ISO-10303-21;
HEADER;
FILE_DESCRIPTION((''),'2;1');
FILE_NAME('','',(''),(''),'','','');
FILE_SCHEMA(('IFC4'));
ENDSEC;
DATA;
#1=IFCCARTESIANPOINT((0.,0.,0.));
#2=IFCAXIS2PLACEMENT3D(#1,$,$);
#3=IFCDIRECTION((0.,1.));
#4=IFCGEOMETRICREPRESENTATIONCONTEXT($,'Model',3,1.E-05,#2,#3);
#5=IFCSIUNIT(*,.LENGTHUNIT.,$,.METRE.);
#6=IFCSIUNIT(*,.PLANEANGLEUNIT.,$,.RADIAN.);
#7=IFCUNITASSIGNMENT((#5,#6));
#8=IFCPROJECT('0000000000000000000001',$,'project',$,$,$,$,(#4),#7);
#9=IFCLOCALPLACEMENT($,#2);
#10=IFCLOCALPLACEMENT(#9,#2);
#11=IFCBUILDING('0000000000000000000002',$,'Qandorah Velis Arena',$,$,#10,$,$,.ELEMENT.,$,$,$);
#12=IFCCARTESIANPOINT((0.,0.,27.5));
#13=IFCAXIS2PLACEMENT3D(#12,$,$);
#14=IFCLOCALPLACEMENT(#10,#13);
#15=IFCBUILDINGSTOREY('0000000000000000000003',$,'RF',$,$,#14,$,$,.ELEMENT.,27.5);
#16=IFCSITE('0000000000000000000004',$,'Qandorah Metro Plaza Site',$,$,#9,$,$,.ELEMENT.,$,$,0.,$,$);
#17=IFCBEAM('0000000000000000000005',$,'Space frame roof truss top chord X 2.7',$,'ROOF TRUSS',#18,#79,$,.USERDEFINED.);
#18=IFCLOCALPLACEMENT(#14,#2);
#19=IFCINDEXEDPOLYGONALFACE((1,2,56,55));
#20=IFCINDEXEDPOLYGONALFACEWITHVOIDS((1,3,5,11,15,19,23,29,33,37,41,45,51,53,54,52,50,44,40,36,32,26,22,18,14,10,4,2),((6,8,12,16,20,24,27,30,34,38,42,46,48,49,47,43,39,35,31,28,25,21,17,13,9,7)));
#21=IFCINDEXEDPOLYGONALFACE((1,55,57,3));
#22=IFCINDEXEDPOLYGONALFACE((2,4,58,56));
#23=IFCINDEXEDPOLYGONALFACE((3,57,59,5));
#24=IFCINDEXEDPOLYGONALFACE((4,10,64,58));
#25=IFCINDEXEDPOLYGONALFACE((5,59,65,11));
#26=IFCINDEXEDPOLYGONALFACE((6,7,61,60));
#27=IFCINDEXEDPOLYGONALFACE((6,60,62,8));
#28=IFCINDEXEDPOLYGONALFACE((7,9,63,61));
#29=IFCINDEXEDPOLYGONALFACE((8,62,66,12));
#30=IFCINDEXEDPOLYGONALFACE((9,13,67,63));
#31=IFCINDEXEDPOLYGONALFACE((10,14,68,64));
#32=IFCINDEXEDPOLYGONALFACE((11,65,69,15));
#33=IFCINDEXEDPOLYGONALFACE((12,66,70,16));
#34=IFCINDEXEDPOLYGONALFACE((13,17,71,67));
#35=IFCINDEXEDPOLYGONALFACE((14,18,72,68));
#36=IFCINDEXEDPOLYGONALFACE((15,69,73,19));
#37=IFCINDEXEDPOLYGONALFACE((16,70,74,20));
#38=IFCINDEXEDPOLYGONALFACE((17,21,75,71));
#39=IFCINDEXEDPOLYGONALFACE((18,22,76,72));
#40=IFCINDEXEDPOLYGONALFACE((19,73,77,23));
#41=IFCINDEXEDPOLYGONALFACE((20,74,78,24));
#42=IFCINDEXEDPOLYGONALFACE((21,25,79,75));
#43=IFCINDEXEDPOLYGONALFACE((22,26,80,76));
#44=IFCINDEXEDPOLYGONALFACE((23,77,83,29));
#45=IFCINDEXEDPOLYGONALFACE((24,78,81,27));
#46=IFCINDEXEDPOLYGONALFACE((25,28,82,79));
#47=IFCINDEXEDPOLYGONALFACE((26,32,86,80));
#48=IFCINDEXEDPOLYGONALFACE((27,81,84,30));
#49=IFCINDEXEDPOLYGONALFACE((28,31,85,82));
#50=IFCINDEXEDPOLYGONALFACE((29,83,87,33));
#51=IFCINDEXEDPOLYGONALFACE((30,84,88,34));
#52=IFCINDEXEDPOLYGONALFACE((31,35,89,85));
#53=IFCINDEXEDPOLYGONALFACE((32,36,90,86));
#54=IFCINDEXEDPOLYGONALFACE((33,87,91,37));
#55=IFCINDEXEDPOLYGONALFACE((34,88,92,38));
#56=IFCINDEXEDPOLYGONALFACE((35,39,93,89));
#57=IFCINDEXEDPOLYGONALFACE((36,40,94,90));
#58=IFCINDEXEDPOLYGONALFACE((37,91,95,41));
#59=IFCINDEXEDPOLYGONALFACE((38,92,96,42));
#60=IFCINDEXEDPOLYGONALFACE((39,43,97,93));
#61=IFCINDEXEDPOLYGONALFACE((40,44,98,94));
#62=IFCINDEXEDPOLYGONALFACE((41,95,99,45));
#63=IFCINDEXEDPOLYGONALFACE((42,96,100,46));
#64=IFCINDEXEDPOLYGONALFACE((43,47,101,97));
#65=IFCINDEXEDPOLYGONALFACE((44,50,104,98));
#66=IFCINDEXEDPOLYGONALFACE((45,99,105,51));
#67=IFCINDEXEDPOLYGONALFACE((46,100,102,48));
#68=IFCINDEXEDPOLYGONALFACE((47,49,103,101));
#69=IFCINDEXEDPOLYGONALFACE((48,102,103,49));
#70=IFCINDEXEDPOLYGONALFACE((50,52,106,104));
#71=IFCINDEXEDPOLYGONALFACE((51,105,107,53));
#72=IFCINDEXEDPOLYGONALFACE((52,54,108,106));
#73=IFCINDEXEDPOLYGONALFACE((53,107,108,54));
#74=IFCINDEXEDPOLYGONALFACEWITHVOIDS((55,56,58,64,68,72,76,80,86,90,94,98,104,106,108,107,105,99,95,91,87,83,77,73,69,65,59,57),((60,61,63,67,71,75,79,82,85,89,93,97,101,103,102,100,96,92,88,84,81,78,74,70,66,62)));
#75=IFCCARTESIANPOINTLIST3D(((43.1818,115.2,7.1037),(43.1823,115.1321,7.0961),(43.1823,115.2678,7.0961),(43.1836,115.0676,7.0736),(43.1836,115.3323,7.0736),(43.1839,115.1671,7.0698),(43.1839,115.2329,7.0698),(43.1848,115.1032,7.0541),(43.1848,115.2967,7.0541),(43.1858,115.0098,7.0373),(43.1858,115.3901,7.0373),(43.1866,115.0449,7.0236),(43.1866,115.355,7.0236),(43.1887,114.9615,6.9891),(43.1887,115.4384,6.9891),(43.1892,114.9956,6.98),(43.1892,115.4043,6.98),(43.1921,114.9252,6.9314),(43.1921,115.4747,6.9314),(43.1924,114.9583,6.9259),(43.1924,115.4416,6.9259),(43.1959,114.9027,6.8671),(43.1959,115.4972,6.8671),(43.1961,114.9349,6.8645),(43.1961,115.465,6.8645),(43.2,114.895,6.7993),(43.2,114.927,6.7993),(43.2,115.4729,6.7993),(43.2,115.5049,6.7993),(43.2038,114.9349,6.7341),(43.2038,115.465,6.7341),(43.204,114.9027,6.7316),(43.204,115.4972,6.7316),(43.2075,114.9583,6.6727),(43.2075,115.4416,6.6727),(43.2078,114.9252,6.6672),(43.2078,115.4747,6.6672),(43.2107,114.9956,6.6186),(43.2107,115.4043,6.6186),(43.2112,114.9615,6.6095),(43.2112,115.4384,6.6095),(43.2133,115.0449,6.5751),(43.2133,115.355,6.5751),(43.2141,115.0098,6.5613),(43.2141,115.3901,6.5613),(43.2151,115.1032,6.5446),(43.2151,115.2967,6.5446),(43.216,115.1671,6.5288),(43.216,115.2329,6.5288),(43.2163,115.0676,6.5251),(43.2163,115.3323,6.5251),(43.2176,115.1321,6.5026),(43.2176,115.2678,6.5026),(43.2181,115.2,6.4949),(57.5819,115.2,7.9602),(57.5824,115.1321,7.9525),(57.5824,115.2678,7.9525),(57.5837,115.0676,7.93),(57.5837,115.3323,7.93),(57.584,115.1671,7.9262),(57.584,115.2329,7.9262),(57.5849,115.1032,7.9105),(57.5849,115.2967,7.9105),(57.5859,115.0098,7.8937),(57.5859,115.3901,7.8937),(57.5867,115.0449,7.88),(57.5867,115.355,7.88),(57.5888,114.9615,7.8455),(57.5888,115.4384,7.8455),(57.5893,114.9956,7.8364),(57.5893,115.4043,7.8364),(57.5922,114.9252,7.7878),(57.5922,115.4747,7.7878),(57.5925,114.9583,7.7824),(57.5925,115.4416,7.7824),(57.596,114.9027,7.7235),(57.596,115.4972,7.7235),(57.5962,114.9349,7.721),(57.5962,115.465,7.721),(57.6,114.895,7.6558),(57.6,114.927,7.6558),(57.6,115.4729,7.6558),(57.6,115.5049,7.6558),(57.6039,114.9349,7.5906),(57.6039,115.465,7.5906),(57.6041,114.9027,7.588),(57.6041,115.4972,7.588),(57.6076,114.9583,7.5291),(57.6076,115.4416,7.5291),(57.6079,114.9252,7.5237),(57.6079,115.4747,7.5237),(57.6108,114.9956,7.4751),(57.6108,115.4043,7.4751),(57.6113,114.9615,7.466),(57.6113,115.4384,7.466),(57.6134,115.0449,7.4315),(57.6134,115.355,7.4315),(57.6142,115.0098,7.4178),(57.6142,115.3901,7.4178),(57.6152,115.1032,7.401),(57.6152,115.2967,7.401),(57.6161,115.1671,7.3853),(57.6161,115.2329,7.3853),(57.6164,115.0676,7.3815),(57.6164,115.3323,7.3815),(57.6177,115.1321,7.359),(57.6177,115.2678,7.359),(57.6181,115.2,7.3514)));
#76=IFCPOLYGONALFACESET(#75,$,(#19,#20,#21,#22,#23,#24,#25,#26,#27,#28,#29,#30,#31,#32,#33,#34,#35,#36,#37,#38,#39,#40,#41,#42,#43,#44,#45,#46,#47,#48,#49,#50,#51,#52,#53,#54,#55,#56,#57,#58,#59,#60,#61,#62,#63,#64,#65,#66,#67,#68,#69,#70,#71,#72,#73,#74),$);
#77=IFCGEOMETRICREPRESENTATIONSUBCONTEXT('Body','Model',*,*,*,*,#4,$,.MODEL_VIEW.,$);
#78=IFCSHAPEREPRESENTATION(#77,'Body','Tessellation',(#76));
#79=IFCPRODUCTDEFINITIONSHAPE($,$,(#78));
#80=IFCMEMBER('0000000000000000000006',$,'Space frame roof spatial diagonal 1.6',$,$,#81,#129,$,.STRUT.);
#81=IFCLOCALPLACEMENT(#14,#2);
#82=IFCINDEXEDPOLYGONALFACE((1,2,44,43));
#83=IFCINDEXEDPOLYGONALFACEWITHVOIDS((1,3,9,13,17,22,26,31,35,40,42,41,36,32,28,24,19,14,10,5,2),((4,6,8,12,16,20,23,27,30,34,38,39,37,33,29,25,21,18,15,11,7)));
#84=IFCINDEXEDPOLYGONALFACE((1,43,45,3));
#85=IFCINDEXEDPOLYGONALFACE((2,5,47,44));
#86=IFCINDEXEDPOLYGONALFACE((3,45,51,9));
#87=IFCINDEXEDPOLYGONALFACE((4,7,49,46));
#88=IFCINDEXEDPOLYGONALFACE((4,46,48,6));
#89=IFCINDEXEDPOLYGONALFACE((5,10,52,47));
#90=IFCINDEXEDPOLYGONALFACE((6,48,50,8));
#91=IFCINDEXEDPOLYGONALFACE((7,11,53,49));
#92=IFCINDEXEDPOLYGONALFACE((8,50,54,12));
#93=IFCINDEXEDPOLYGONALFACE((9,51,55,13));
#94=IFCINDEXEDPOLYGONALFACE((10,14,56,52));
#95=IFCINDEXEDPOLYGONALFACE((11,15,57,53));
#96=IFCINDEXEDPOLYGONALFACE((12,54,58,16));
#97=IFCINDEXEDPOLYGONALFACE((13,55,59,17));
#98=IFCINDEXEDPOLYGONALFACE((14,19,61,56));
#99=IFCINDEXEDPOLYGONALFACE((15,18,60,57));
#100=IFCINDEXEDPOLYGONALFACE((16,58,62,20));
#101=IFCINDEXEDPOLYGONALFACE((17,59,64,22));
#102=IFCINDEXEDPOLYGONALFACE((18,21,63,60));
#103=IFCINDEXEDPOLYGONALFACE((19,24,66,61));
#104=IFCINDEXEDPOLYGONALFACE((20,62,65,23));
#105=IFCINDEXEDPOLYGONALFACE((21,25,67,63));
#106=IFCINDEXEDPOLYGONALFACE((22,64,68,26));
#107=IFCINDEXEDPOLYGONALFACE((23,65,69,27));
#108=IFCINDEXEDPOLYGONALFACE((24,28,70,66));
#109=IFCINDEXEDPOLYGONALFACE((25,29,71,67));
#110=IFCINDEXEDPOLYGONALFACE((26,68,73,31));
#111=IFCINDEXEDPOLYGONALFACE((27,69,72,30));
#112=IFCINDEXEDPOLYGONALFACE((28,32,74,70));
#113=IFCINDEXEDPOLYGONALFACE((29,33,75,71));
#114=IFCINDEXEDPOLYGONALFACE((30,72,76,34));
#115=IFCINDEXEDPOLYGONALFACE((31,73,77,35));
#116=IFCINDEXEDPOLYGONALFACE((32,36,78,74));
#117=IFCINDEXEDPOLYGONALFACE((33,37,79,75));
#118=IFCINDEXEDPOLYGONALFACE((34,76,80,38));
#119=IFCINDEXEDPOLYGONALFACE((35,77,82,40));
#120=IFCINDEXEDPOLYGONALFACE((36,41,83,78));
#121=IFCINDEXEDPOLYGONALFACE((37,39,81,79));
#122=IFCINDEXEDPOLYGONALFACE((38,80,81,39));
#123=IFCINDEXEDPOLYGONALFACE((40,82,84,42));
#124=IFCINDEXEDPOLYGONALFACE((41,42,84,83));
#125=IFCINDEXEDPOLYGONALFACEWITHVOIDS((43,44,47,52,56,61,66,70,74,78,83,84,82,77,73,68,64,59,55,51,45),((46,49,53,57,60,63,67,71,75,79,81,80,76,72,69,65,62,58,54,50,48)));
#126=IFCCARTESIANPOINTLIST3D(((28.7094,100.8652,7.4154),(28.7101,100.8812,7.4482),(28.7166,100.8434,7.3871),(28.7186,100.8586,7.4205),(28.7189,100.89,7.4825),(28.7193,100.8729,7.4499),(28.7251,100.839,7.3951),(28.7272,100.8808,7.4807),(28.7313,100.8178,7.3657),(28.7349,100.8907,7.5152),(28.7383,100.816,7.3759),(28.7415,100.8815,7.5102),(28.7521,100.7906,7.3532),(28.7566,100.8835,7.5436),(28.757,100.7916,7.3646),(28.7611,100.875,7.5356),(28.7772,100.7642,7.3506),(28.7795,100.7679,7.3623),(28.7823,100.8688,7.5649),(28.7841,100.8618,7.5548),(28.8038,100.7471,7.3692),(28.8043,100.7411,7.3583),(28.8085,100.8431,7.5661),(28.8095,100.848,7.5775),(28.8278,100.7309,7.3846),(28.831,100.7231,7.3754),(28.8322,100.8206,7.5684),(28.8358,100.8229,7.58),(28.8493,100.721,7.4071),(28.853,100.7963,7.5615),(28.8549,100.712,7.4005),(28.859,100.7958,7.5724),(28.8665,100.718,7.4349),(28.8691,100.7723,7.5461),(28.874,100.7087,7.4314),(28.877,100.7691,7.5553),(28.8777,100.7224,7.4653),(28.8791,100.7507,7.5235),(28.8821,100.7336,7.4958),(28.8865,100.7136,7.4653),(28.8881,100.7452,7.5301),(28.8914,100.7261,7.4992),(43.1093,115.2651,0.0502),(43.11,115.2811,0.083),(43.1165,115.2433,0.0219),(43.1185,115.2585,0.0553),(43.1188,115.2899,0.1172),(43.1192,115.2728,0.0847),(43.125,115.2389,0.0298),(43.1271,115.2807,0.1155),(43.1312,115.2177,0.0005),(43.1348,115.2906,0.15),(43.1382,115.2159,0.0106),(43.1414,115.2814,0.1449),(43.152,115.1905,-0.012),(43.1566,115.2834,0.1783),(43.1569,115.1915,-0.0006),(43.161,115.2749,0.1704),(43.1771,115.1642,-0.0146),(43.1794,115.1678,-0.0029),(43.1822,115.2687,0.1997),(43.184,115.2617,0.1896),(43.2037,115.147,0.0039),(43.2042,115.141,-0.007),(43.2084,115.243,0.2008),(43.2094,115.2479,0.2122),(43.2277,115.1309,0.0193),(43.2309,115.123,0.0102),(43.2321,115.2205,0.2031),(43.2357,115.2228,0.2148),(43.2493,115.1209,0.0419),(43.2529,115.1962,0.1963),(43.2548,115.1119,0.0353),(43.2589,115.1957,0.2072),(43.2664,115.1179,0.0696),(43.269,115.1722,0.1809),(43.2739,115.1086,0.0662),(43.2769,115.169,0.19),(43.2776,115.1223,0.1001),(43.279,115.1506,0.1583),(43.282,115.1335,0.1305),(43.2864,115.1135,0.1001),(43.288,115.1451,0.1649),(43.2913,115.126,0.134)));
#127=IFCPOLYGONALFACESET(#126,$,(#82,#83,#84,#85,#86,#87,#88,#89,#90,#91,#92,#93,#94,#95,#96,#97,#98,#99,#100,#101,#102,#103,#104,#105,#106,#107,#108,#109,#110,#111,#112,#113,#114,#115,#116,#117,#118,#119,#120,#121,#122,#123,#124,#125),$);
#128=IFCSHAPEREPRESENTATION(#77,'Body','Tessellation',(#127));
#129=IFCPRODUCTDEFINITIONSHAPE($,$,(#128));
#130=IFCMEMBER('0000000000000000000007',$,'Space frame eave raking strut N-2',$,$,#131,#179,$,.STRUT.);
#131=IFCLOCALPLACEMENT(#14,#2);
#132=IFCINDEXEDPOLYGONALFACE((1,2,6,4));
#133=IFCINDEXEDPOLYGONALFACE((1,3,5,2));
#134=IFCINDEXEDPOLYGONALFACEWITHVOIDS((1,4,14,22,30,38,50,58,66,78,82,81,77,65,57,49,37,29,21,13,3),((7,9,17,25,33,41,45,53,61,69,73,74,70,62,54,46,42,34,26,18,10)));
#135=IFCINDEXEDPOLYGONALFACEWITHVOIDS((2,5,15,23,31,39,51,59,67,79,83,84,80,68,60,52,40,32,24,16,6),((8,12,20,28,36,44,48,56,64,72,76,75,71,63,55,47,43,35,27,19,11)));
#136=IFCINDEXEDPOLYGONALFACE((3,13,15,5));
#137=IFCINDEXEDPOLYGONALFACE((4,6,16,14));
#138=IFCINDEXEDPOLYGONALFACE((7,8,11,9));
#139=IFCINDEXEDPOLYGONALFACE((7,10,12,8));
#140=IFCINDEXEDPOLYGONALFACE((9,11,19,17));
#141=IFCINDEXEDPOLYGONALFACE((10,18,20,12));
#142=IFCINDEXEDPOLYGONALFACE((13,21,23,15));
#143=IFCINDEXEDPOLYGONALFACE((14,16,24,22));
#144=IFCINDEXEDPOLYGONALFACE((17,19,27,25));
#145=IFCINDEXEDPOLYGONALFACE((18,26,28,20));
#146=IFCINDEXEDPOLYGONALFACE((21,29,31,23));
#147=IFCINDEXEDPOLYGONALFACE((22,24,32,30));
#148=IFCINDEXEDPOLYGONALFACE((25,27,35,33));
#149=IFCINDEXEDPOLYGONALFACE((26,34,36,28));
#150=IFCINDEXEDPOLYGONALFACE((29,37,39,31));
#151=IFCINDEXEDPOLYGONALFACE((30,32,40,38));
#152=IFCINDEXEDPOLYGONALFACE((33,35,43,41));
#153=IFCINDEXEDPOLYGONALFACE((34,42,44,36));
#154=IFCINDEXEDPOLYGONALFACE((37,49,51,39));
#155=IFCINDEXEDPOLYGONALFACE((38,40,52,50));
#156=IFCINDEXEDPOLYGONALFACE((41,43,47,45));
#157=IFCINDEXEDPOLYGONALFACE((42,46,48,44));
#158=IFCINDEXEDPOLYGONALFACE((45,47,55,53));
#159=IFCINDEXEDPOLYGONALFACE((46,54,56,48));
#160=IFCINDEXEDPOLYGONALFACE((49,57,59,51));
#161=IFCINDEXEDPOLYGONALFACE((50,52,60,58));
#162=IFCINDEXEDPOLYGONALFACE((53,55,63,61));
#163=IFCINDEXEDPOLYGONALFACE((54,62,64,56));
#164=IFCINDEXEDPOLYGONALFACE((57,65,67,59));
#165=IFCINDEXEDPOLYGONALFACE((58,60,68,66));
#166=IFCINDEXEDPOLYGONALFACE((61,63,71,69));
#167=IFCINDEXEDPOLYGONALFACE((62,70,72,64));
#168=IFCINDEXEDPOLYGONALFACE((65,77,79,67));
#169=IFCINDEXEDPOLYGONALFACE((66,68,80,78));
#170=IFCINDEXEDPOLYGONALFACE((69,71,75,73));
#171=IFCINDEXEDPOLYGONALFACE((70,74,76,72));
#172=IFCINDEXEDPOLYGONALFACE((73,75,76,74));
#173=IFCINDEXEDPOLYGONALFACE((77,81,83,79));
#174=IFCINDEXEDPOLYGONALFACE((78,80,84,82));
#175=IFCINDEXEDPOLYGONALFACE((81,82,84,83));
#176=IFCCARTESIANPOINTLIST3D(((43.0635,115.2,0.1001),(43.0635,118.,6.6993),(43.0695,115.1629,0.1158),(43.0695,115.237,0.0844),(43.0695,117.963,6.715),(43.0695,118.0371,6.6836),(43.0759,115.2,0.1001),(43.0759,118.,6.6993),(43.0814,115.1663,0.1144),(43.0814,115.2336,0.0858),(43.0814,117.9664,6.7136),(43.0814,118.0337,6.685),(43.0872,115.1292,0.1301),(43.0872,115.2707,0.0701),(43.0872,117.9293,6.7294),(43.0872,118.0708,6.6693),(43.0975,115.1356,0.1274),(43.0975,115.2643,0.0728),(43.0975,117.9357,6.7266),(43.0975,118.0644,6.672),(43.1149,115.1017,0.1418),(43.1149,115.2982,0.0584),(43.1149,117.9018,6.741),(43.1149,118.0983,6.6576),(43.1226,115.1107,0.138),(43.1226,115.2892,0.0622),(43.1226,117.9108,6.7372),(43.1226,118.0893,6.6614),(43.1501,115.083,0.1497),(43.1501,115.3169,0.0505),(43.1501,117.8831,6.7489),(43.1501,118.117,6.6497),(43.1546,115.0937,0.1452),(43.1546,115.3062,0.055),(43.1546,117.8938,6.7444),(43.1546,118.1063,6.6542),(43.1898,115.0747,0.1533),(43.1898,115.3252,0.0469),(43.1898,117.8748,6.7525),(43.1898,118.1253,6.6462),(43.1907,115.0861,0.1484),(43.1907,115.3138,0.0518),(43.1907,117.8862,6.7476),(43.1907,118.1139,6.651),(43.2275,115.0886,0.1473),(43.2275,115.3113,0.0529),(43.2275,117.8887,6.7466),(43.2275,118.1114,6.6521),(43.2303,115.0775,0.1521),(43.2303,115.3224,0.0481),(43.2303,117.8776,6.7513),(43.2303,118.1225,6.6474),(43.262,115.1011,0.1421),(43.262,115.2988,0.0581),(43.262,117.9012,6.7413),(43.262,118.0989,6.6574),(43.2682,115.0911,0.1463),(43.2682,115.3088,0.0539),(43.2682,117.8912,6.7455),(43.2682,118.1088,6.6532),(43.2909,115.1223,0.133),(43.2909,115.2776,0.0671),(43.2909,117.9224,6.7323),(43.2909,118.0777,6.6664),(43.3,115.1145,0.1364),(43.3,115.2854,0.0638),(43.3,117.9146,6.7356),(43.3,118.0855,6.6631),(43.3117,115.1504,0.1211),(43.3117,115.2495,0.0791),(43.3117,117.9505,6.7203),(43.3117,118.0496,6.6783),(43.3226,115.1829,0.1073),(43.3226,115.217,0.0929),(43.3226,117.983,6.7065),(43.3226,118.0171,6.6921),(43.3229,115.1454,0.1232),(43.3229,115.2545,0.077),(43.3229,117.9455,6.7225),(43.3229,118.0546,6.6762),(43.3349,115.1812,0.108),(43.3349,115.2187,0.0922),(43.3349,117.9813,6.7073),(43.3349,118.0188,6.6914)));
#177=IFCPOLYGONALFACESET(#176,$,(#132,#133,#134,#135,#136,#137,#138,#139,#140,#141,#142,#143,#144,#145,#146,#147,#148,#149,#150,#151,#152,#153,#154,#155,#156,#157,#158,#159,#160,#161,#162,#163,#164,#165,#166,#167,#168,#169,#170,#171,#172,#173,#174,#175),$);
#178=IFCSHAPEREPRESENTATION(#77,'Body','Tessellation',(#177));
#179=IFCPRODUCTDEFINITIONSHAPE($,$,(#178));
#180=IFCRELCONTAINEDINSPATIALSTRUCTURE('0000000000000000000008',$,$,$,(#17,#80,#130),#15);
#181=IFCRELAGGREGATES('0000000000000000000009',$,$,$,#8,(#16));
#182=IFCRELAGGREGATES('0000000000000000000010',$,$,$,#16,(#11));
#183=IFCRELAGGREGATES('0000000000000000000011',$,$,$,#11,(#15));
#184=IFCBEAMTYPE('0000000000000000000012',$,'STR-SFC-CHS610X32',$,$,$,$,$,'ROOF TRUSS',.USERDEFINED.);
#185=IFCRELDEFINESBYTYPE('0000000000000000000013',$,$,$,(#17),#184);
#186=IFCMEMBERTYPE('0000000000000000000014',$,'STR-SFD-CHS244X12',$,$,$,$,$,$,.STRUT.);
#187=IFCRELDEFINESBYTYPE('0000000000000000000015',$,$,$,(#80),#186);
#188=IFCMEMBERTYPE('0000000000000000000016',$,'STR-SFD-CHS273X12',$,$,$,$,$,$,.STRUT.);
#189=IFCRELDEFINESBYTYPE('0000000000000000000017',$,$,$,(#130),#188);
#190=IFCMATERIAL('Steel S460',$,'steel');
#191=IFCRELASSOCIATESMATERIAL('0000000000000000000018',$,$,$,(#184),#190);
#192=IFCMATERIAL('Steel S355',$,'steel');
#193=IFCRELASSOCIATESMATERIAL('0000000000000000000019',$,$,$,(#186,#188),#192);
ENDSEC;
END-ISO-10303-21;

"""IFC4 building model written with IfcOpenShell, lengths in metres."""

from ifc_helpers import new_model, si_unit, direction, frame, origin, origin_2d, place, context, subcontext, project, spatial, hollow_circle, extrude, material, material_profile, profile_set, type_object, element, save


model = new_model("IFC4")

# Units and contexts
model_context = context("Model", 3, precision=1e-05, world=origin(), true_north=direction((0.0, 1.0)))
body_context = subcontext(model_context, "Body", "Model", "MODEL_VIEW")
ifc_project = project(units=[si_unit("LENGTHUNIT", "METRE"), si_unit("PLANEANGLEUNIT", "RADIAN")], contexts=[model_context])

# Site, building, storey
site_placement = place(None, origin())
site = spatial("IfcSite", under=ifc_project, at=site_placement, Name="Qandorah Metro Plaza Site", CompositionType="ELEMENT", RefElevation=0.0)
building_placement = place(site_placement, origin())
building = spatial("IfcBuilding", under=site, at=building_placement, Name="Qandorah Velis Arena", CompositionType="ELEMENT")
storey_placement = place(building_placement, frame((0.0, 0.0, 27.5)))
storey = spatial("IfcBuildingStorey", under=building, at=storey_placement, Name="RF", CompositionType="ELEMENT", Elevation=27.5)

# Beam
ifc_material_1 = material(Name="Steel S355", Category="steel")
ifc_material_2 = material(Name="Steel S460", Category="steel")
ifc_material_profile_1 = material_profile(ifc_material_2, hollow_circle(Radius=0.3049, WallThickness=0.032, at=origin_2d()), Name="CHS 610x32")
ifc_profile_set_1 = profile_set([ifc_material_profile_1], Name="Steel S460")
beam_type_1 = type_object("IfcBeamType", Name="STR-SFC-CHS610X32", ElementType="ROOF TRUSS", PredefinedType="USERDEFINED", material=ifc_profile_set_1)
beam_1_placement = place(storey_placement, frame((43.2, 115.2, 6.7993), z_axis=(0.998236, 0.0, 0.05937), x_axis=(0.0, 1.0, 0.0)))
element("IfcBeam", 1, at=beam_1_placement, inside=storey, type_object=beam_type_1, Name="Space frame roof truss top chord X 2.7", ObjectType="ROOF TRUSS", PredefinedType="USERDEFINED", context=body_context, shape_type="SweptSolid", body=[
    extrude(hollow_circle(Radius=0.3049, WallThickness=0.032, at=origin_2d()), origin(), (0.0, 0.0, 1.0), 14.4255),
])

# Members
ifc_material_profile_2 = material_profile(ifc_material_1, hollow_circle(Radius=0.1223, WallThickness=0.0125, at=origin_2d()), Name="CHS 244.5x12.5")
ifc_profile_set_2 = profile_set([ifc_material_profile_2], Name="Steel S355")
member_type_1 = type_object("IfcMemberType", Name="STR-SFD-CHS244X12", PredefinedType="STRUT", material=ifc_profile_set_2)
member_1_placement = place(storey_placement, frame((43.2, 115.2, 0.1001), z_axis=(-0.664953, -0.664953, 0.340109), x_axis=(0.707107, -0.707107, 0.0)))
element("IfcMember", 2, at=member_1_placement, inside=storey, type_object=member_type_1, Name="Space frame roof spatial diagonal 1.6", PredefinedType="STRUT", context=body_context, shape_type="SweptSolid", body=[
    extrude(hollow_circle(Radius=0.1223, WallThickness=0.0125, at=origin_2d()), origin(), (0.0, 0.0, 1.0), 21.6555),
])
ifc_material_profile_3 = material_profile(ifc_material_1, hollow_circle(Radius=0.1365, WallThickness=0.0125, at=origin_2d()), Name="CHS 273x12.5")
ifc_profile_set_3 = profile_set([ifc_material_profile_3], Name="Steel S355")
member_type_2 = type_object("IfcMemberType", Name="STR-SFD-CHS273X12", PredefinedType="STRUT", material=ifc_profile_set_3)
member_2_placement = place(storey_placement, frame((43.2, 115.2, 0.1001), z_axis=(0.0, 0.3906, 0.920561), x_axis=(-1.0, 0.0, 0.0)))
element("IfcMember", 3, at=member_2_placement, inside=storey, type_object=member_type_2, Name="Space frame eave raking strut N-2", PredefinedType="STRUT", context=body_context, shape_type="SweptSolid", body=[
    extrude(hollow_circle(Radius=0.1365, WallThickness=0.0125, at=origin_2d()), origin(), (0.0, 0.0, 1.0), 7.1687),
])

save(model, "model.ifc")
